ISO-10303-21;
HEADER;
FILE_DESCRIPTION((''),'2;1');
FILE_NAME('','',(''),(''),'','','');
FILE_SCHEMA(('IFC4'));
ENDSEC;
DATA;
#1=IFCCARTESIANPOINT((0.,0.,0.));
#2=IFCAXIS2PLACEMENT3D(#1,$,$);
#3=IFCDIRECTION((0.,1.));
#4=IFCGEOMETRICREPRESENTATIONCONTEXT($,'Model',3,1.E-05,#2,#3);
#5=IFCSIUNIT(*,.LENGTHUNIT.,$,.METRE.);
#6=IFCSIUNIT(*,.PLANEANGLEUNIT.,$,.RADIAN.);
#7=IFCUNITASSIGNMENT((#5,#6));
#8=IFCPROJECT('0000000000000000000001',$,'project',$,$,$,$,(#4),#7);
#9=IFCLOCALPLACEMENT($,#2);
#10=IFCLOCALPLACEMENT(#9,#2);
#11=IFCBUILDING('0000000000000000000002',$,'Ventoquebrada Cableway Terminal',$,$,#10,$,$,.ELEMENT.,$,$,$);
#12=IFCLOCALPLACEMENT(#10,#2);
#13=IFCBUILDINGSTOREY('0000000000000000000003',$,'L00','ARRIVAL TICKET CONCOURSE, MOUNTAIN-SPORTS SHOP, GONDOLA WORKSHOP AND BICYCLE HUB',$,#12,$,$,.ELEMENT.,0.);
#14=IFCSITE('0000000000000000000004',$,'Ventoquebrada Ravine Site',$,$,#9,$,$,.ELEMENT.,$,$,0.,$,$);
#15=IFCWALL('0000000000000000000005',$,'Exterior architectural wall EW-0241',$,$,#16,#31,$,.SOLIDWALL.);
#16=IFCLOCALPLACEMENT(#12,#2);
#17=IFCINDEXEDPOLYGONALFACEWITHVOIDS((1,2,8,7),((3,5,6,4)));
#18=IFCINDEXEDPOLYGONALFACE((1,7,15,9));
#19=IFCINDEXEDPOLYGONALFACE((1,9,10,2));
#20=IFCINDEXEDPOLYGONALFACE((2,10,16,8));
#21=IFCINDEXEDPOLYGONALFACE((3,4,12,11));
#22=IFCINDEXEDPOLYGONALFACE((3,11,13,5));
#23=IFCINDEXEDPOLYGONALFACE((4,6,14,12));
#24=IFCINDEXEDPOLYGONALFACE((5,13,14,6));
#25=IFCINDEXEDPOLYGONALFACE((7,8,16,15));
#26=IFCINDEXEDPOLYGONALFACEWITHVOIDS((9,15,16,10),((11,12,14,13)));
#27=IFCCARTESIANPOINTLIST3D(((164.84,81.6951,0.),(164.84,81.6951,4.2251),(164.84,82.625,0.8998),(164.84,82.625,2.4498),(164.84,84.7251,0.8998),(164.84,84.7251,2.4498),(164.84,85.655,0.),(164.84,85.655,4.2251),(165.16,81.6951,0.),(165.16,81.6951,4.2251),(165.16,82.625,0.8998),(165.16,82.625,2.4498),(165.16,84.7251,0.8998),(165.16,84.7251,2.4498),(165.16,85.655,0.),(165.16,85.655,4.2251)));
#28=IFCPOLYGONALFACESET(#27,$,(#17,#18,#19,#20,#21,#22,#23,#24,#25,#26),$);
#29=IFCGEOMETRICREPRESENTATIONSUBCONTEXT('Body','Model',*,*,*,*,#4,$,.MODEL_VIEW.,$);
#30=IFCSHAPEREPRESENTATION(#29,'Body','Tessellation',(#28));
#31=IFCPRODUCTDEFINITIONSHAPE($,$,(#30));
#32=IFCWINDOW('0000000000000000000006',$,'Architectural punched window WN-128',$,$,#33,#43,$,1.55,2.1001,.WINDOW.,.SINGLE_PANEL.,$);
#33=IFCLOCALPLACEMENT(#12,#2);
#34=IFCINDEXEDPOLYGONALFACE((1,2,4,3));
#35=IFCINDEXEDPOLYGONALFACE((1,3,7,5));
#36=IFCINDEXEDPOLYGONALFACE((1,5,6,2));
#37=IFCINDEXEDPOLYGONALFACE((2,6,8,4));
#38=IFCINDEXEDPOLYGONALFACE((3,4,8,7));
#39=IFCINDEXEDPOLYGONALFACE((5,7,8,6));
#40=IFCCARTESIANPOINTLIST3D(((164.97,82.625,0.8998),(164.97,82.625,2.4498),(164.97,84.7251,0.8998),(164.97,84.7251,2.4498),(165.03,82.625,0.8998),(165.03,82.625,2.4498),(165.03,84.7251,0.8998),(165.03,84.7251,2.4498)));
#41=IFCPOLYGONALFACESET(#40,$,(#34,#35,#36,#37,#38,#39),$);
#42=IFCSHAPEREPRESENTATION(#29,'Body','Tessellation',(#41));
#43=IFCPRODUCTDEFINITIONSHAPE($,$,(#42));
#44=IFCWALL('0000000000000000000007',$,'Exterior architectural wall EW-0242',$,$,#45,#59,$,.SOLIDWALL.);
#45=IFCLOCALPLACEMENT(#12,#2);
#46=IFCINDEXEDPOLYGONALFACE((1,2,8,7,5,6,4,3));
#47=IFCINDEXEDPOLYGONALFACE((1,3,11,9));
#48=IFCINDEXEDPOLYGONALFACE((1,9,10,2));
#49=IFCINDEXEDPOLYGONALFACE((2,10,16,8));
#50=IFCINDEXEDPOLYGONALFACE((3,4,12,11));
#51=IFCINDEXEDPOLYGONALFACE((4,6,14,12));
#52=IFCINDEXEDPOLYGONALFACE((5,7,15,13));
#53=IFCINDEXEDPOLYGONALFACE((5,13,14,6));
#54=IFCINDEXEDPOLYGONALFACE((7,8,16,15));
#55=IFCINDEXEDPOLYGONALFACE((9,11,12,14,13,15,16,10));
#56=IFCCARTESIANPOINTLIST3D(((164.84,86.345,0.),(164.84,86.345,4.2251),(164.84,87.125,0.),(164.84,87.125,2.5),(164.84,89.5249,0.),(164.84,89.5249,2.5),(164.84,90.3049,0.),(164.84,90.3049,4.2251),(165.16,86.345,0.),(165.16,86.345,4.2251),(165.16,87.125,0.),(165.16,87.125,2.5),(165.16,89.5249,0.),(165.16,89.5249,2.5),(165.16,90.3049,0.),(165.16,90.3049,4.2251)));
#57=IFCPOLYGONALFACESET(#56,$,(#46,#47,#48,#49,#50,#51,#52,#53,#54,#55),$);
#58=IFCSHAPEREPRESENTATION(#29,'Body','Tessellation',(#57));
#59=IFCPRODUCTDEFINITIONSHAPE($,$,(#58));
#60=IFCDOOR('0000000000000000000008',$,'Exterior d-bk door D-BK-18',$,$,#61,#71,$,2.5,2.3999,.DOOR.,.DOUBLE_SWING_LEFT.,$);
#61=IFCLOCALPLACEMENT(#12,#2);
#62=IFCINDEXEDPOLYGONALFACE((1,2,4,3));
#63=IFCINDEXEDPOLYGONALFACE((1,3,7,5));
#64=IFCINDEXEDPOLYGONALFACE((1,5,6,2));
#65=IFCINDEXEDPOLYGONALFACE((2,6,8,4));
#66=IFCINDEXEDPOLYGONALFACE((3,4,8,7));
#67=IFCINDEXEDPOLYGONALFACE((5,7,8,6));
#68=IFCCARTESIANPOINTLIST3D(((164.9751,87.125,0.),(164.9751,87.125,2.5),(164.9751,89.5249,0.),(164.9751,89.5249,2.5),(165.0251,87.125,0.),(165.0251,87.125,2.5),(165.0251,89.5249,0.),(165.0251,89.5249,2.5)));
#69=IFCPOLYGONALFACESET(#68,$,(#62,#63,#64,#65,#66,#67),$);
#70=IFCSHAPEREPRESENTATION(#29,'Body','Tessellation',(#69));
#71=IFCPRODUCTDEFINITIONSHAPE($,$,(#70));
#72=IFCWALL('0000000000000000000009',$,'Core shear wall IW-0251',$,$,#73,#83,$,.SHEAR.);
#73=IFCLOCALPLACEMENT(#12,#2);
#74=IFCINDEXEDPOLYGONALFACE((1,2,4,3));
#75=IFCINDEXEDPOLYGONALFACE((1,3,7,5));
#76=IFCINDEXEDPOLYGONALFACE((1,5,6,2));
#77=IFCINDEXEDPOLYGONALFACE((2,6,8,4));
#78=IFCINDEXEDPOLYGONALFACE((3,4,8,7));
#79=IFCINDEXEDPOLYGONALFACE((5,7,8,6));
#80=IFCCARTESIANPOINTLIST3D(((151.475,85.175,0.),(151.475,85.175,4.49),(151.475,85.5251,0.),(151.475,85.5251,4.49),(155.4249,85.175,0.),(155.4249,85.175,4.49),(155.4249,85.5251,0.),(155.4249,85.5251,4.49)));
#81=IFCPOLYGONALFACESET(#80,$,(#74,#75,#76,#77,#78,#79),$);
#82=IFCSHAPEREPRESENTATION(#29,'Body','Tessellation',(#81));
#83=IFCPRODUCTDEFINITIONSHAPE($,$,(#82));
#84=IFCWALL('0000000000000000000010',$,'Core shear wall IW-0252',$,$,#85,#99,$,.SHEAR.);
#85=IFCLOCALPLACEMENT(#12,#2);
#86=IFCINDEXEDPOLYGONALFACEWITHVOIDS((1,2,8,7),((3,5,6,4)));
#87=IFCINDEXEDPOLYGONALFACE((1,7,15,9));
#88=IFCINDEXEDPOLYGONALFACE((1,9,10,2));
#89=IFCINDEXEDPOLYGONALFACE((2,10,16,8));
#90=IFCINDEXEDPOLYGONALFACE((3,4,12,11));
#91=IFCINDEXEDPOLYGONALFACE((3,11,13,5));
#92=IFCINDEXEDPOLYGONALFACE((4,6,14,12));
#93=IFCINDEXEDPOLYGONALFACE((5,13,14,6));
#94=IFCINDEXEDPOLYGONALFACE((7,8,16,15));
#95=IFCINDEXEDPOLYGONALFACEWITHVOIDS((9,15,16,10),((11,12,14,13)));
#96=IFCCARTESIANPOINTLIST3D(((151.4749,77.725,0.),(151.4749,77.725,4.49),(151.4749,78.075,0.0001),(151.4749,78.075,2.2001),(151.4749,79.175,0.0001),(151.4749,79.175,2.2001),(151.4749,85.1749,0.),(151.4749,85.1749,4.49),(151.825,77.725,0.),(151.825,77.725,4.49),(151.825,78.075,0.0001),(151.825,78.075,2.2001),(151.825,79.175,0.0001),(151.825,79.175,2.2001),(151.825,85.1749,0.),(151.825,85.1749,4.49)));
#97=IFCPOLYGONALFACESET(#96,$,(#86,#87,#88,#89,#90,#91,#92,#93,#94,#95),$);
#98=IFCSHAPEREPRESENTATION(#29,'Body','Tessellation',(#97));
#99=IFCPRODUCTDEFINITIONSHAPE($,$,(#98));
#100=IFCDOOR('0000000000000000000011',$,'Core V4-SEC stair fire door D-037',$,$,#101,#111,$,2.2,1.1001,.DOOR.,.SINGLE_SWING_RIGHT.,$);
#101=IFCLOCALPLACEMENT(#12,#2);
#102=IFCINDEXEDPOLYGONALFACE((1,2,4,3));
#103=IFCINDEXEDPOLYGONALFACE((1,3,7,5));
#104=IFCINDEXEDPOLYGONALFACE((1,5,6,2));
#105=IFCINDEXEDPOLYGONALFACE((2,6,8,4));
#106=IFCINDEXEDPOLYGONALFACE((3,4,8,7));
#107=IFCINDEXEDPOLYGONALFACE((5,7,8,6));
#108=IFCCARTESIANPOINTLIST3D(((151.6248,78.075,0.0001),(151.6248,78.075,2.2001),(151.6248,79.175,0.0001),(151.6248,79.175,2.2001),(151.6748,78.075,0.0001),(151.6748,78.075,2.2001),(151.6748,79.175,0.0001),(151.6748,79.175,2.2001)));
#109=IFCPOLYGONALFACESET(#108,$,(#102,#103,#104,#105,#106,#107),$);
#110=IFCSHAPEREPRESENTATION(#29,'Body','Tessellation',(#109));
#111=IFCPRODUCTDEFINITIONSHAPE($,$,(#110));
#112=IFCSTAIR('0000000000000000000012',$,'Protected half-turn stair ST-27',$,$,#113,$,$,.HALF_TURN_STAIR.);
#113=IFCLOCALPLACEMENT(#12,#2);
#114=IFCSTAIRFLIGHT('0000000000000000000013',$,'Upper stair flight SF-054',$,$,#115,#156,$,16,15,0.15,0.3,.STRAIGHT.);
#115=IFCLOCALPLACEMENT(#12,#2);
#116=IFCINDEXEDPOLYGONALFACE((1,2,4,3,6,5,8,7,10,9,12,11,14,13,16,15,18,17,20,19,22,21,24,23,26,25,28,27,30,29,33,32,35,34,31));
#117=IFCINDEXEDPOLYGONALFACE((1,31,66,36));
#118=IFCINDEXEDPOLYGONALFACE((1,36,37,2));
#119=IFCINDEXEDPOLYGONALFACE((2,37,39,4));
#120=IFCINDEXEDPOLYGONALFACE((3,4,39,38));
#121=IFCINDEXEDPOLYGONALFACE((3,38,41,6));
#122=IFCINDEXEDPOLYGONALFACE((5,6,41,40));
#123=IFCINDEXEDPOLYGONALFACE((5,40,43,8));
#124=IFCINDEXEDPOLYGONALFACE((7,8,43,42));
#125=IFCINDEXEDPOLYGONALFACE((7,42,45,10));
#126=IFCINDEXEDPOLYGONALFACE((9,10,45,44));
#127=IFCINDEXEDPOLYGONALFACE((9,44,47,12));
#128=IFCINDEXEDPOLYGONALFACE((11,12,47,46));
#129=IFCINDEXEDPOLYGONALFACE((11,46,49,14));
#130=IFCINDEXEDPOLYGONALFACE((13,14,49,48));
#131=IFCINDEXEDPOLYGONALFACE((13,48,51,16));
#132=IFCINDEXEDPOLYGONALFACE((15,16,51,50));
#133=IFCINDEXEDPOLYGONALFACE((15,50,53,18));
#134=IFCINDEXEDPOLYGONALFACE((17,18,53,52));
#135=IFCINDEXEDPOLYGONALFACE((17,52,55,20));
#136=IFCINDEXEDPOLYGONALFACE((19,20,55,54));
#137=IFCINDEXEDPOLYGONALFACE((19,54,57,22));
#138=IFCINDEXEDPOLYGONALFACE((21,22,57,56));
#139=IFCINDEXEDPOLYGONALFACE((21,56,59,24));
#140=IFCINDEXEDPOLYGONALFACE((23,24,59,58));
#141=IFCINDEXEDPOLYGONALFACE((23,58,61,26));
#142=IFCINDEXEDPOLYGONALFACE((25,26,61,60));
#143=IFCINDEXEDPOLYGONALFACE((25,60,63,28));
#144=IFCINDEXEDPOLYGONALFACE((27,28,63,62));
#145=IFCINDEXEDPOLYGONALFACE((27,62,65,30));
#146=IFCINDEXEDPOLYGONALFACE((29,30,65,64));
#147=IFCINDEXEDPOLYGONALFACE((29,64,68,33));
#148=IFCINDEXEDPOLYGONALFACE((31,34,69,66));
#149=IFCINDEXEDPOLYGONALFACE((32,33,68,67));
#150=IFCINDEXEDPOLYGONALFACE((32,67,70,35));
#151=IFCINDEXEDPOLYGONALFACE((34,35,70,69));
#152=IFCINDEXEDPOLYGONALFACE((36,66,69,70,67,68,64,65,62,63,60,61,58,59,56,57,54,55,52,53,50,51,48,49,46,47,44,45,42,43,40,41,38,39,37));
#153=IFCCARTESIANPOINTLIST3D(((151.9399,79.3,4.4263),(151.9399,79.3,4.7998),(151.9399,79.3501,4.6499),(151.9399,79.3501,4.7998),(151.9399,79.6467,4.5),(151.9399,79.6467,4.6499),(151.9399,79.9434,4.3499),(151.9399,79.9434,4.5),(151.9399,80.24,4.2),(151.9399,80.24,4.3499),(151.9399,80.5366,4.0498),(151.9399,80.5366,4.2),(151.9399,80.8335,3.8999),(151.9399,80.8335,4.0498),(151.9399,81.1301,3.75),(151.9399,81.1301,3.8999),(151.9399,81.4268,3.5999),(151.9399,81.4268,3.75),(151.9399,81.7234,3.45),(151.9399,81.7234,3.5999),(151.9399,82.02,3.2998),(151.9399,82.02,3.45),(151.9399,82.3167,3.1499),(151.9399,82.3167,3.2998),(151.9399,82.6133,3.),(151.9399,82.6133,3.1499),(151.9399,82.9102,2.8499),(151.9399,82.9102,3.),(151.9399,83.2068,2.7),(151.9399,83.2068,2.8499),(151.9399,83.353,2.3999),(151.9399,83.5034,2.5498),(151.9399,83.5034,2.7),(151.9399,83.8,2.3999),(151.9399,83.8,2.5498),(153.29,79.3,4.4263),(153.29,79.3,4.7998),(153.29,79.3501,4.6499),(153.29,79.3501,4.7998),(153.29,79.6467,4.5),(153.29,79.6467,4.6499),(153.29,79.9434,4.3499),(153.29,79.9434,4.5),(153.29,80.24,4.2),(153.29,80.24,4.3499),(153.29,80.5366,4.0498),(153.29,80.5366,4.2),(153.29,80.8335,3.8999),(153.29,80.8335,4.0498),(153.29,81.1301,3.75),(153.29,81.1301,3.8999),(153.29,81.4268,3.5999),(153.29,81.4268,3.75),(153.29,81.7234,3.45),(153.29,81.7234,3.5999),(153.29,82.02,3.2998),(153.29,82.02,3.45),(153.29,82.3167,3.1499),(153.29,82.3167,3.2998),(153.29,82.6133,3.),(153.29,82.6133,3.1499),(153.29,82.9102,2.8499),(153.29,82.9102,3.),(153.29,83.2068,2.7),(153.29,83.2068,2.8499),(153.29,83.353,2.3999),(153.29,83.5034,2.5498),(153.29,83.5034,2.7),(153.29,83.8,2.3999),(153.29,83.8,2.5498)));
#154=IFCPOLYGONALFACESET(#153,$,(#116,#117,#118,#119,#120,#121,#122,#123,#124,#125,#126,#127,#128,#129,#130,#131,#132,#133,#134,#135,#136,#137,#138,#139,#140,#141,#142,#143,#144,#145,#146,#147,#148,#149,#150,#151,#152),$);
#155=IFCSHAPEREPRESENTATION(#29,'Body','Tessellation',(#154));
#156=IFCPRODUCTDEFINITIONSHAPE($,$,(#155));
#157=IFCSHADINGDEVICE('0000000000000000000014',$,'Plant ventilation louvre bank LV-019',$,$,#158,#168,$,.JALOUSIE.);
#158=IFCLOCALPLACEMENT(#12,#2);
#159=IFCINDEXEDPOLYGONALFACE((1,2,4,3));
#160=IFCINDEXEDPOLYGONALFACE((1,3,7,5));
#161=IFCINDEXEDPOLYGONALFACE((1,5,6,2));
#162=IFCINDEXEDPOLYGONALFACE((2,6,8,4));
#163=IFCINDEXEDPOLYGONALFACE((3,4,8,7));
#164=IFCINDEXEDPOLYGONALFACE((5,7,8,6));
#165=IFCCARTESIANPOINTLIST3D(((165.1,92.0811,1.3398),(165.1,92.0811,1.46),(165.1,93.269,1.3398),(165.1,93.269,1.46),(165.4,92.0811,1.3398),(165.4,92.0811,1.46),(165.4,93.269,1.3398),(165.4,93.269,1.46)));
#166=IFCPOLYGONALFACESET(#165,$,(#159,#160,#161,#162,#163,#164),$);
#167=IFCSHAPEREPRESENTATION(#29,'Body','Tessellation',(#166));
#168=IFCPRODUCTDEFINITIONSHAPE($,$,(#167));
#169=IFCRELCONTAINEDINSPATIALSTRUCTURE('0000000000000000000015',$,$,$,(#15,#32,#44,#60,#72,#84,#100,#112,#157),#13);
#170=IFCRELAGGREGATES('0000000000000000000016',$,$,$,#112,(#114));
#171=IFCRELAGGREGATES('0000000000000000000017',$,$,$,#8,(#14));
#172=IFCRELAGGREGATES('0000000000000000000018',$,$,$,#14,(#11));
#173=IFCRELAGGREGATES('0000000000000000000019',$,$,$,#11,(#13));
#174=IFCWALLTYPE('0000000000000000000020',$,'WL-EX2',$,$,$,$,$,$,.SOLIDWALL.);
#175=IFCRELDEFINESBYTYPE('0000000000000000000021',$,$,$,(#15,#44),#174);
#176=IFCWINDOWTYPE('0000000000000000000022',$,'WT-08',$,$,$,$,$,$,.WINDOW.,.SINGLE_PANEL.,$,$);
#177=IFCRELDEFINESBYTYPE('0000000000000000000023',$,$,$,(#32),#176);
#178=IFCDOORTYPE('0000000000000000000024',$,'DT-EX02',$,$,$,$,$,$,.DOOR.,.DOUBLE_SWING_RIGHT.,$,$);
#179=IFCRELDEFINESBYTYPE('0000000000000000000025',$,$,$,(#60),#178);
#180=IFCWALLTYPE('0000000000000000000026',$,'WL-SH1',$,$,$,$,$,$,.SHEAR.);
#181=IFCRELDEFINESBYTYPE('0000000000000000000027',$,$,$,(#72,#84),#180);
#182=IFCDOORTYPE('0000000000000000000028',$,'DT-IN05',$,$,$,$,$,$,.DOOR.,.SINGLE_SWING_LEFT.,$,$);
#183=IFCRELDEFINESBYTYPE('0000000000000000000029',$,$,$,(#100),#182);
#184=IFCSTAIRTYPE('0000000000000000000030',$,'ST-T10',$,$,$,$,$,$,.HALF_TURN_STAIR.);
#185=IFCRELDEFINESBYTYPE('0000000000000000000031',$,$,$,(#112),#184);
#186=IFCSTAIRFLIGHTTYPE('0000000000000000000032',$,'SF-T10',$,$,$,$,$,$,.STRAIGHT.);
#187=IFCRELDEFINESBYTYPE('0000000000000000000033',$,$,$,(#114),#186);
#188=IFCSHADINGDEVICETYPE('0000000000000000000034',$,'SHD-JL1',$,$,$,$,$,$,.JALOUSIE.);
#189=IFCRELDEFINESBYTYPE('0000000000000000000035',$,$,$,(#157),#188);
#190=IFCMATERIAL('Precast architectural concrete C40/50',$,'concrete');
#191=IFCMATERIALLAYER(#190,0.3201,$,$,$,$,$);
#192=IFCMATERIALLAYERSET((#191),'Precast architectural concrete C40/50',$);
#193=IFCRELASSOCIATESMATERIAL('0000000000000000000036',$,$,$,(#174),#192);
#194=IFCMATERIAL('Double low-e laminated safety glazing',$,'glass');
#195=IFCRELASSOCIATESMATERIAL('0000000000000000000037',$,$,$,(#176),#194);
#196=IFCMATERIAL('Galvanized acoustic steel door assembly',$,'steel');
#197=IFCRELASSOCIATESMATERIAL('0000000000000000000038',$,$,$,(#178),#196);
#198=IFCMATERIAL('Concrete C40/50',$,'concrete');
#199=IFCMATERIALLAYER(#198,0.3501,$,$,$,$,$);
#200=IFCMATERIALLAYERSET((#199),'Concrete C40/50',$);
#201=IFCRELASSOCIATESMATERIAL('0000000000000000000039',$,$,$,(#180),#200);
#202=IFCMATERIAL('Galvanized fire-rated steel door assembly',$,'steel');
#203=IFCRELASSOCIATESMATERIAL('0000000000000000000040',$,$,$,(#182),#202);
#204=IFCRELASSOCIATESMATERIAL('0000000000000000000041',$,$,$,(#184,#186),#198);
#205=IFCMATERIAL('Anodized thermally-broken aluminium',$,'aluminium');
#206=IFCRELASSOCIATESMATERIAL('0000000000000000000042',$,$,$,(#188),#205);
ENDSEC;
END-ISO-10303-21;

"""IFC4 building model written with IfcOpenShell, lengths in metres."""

from ifc_helpers import new_model, si_unit, direction, frame, frame_2d, origin, origin_2d, place, context, subcontext, project, spatial, polyline, rectangle, outline, extrude, material, layer, layer_set, type_object, element, fill, aggregate, save


model = new_model("IFC4")

# Units and contexts
model_context = context("Model", 3, precision=1e-05, world=origin(), true_north=direction((0.0, 1.0)))
body_context = subcontext(model_context, "Body", "Model", "MODEL_VIEW")
ifc_project = project(units=[si_unit("LENGTHUNIT", "METRE"), si_unit("PLANEANGLEUNIT", "RADIAN")], contexts=[model_context])

# Site, building, storey
site_placement = place(None, origin())
site = spatial("IfcSite", under=ifc_project, at=site_placement, Name="Ventoquebrada Ravine Site", CompositionType="ELEMENT", RefElevation=0.0)
building_placement = place(site_placement, origin())
building = spatial("IfcBuilding", under=site, at=building_placement, Name="Ventoquebrada Cableway Terminal", CompositionType="ELEMENT")
storey_placement = place(building_placement, origin())
storey = spatial("IfcBuildingStorey", under=building, at=storey_placement, Name="L00", Description="ARRIVAL TICKET CONCOURSE, MOUNTAIN-SPORTS SHOP, GONDOLA WORKSHOP AND BICYCLE HUB", CompositionType="ELEMENT", Elevation=0.0)

# Shared definitions
ifc_material_1 = material(Name="Concrete C40/50", Category="concrete")

# Shared definitions
ifc_material_2 = material(Name="Precast architectural concrete C40/50", Category="concrete")

# Wall, opening, window
ifc_layer_1 = layer(ifc_material_2, 0.3201)
ifc_layer_set_1 = layer_set([ifc_layer_1], Name="Precast architectural concrete C40/50")
wall_type_1 = type_object("IfcWallType", Name="WL-EX2", PredefinedType="SOLIDWALL", material=ifc_layer_set_1)
wall_1_placement = place(storey_placement, frame((165.0, 81.6951, 0.0), z_axis=(0.0, 0.0, 1.0), x_axis=(0.0, 1.0, 0.0)))
wall_1 = element("IfcWall", 1, at=wall_1_placement, inside=storey, type_object=wall_type_1, Name="Exterior architectural wall EW-0241", PredefinedType="SOLIDWALL", context=body_context, shape_type="SweptSolid", body=[
    extrude(rectangle(XDim=3.96, YDim=0.3201, at=frame_2d((1.98, 0.0))), origin(), (0.0, 0.0, 1.0), 4.2251),
])
opening_1_placement = place(wall_1_placement, frame((0.9299, 0.0, 0.8999)))
opening_1 = element("IfcOpeningElement", 2, at=opening_1_placement, cuts=wall_1, PredefinedType="OPENING", context=body_context, shape_type="SweptSolid", body=[
    extrude(rectangle(XDim=2.1001, YDim=1.55, at=frame_2d((1.05, 0.7749))), frame((0.0, 0.1699, 0.0), z_axis=(0.0, -1.0, 0.0), x_axis=(1.0, 0.0, 0.0)), (0.0, 0.0, 1.0), 0.3401),
])
ifc_material_3 = material(Name="Double low-e laminated safety glazing", Category="glass")
window_type = type_object("IfcWindowType", Name="WT-08", PartitioningType="SINGLE_PANEL", PredefinedType="WINDOW", material=ifc_material_3)
window_placement = place(opening_1_placement, origin())
window = element("IfcWindow", 3, at=window_placement, inside=storey, type_object=window_type, Name="Architectural punched window WN-128", OverallHeight=1.55, OverallWidth=2.1001, PartitioningType="SINGLE_PANEL", PredefinedType="WINDOW", context=body_context, shape_type="SweptSolid", body=[
    extrude(rectangle(XDim=2.1001, YDim=1.55, at=frame_2d((1.05, 0.7749))), frame((0.0, 0.03, 0.0), z_axis=(0.0, -1.0, 0.0), x_axis=(1.0, 0.0, 0.0)), (0.0, 0.0, 1.0), 0.0601),
])
fill(opening_1, window)

# Wall, opening, door
wall_2_placement = place(storey_placement, frame((165.0, 86.345, 0.0), z_axis=(0.0, 0.0, 1.0), x_axis=(0.0, 1.0, 0.0)))
wall_2 = element("IfcWall", 4, at=wall_2_placement, inside=storey, type_object=wall_type_1, Name="Exterior architectural wall EW-0242", PredefinedType="SOLIDWALL", context=body_context, shape_type="SweptSolid", body=[
    extrude(rectangle(XDim=3.96, YDim=0.3201, at=frame_2d((1.98, 0.0))), origin(), (0.0, 0.0, 1.0), 4.2251),
])
opening_2_placement = place(wall_2_placement, frame((0.78, 0.0, 0.0)))
opening_2 = element("IfcOpeningElement", 5, at=opening_2_placement, cuts=wall_2, PredefinedType="OPENING", context=body_context, shape_type="SweptSolid", body=[
    extrude(rectangle(XDim=2.3999, YDim=2.5, at=frame_2d((1.2, 1.25))), frame((0.0, 0.1699, 0.0), z_axis=(0.0, -1.0, 0.0), x_axis=(1.0, 0.0, 0.0)), (0.0, 0.0, 1.0), 0.3401),
])
ifc_material_4 = material(Name="Galvanized acoustic steel door assembly", Category="steel")
door_type_1 = type_object("IfcDoorType", Name="DT-EX02", OperationType="DOUBLE_SWING_RIGHT", PredefinedType="DOOR", material=ifc_material_4)
door_1_placement = place(opening_2_placement, origin())
door_1 = element("IfcDoor", 6, at=door_1_placement, inside=storey, type_object=door_type_1, Name="Exterior d-bk door D-BK-18", OperationType="DOUBLE_SWING_LEFT", OverallHeight=2.5, OverallWidth=2.3999, PredefinedType="DOOR", context=body_context, shape_type="SweptSolid", body=[
    extrude(rectangle(XDim=2.3999, YDim=2.5, at=frame_2d((1.2, 1.25))), frame((0.0, 0.0249, 0.0), z_axis=(0.0, -1.0, 0.0), x_axis=(1.0, 0.0, 0.0)), (0.0, 0.0, 1.0), 0.05),
])
fill(opening_2, door_1)

# Wall
ifc_layer_2 = layer(ifc_material_1, 0.3501)
ifc_layer_set_2 = layer_set([ifc_layer_2], Name="Concrete C40/50")
wall_type_2 = type_object("IfcWallType", Name="WL-SH1", PredefinedType="SHEAR", material=ifc_layer_set_2)
wall_3_placement = place(storey_placement, frame((155.425, 85.3501, 0.0), z_axis=(0.0, 0.0, 1.0), x_axis=(-1.0, 0.0, 0.0)))
element("IfcWall", 7, at=wall_3_placement, inside=storey, type_object=wall_type_2, Name="Core shear wall IW-0251", PredefinedType="SHEAR", context=body_context, shape_type="SweptSolid", body=[
    extrude(rectangle(XDim=3.95, YDim=0.3501, at=frame_2d((1.9751, 0.0))), origin(), (0.0, 0.0, 1.0), 4.49),
])

# Wall, opening, door
wall_4_placement = place(storey_placement, frame((151.6499, 85.175, 0.0), z_axis=(0.0, 0.0, 1.0), x_axis=(0.0, -1.0, 0.0)))
wall_4 = element("IfcWall", 8, at=wall_4_placement, inside=storey, type_object=wall_type_2, Name="Core shear wall IW-0252", PredefinedType="SHEAR", context=body_context, shape_type="SweptSolid", body=[
    extrude(rectangle(XDim=7.45, YDim=0.3501, at=frame_2d((3.7251, 0.0))), origin(), (0.0, 0.0, 1.0), 4.49),
])
opening_3_placement = place(wall_4_placement, frame((6.0, 0.0, 0.0)))
opening_3 = element("IfcOpeningElement", 9, at=opening_3_placement, cuts=wall_4, PredefinedType="OPENING", context=body_context, shape_type="SweptSolid", body=[
    extrude(rectangle(XDim=1.1001, YDim=2.2, at=frame_2d((0.55, 1.1001))), frame((0.0, 0.1851, 0.0), z_axis=(0.0, -1.0, 0.0), x_axis=(1.0, 0.0, 0.0)), (0.0, 0.0, 1.0), 0.3701),
])
ifc_material_5 = material(Name="Galvanized fire-rated steel door assembly", Category="steel")
door_type_2 = type_object("IfcDoorType", Name="DT-IN05", OperationType="SINGLE_SWING_LEFT", PredefinedType="DOOR", material=ifc_material_5)
door_2_placement = place(opening_3_placement, origin())
door_2 = element("IfcDoor", 10, at=door_2_placement, inside=storey, type_object=door_type_2, Name="Core V4-SEC stair fire door D-037", OperationType="SINGLE_SWING_RIGHT", OverallHeight=2.2, OverallWidth=1.1001, PredefinedType="DOOR", context=body_context, shape_type="SweptSolid", body=[
    extrude(rectangle(XDim=1.1001, YDim=2.2, at=frame_2d((0.55, 1.1001))), frame((0.0, 0.0249, 0.0), z_axis=(0.0, -1.0, 0.0), x_axis=(1.0, 0.0, 0.0)), (0.0, 0.0, 1.0), 0.05),
])
fill(opening_3, door_2)

# Stair, stair flight
stair_type = type_object("IfcStairType", Name="ST-T10", PredefinedType="HALF_TURN_STAIR", material=ifc_material_1)
stair_placement = place(storey_placement, origin())
stair = element("IfcStair", 11, at=stair_placement, inside=storey, type_object=stair_type, Name="Protected half-turn stair ST-27", PredefinedType="HALF_TURN_STAIR")
stair_flight_type = type_object("IfcStairFlightType", Name="SF-T10", PredefinedType="STRAIGHT", material=ifc_material_1)
stair_flight_placement = place(storey_placement, frame((152.615, 83.8, 2.3999), z_axis=(0.0, 0.0, 1.0), x_axis=(0.0, -1.0, 0.0)))
stair_flight = element("IfcStairFlight", 12, at=stair_flight_placement, type_object=stair_flight_type, Name="Upper stair flight SF-054", NumberOfRisers=16, NumberOfTreads=15, PredefinedType="STRAIGHT", RiserHeight=0.15, TreadLength=0.3, context=body_context, shape_type="SweptSolid", body=[
    extrude(outline(polyline([(0.0, 0.0), (0.0, 0.1499), (0.2966, 0.1499), (0.2966, 0.3), (0.5933, 0.3), (0.5933, 0.45), (0.8899, 0.45), (0.8899, 0.6001), (1.1868, 0.6001), (1.1868, 0.75), (1.4834, 0.75), (1.4834, 0.8999), (1.78, 0.8999), (1.78, 1.05), (2.0767, 1.05), (2.0767, 1.2), (2.3733, 1.2), (2.3733, 1.3501), (2.6699, 1.3501), (2.6699, 1.5), (2.9666, 1.5), (2.9666, 1.6499), (3.2634, 1.6499), (3.2634, 1.8), (3.5601, 1.8), (3.5601, 1.95), (3.8567, 1.95), (3.8567, 2.1001), (4.1533, 2.1001), (4.1533, 2.25), (4.45, 2.25), (4.45, 2.3999), (4.5, 2.3999), (4.5, 2.0264), (0.447, 0.0), (0.0, 0.0)])), frame((0.0, 0.675, 0.0), z_axis=(0.0, -1.0, 0.0), x_axis=(1.0, 0.0, 0.0)), (0.0, 0.0, 1.0), 1.3501),
])
aggregate(stair, [stair_flight])

# Shading device
ifc_material_6 = material(Name="Anodized thermally-broken aluminium", Category="aluminium")
shading_device_type = type_object("IfcShadingDeviceType", Name="SHD-JL1", PredefinedType="JALOUSIE", material=ifc_material_6)
for number, where, z_axis, x_axis, name in (
    (13, (165.25, 92.675, 1.3398), (0.0, 0.0, 1.0), (0.0, 1.0, 0.0), "Plant ventilation louvre bank LV-019"),
):
    element("IfcShadingDevice", number, at=place(storey_placement, frame(where, z_axis=z_axis, x_axis=x_axis)), inside=storey, type_object=shading_device_type, Name=name, PredefinedType="JALOUSIE", context=body_context, shape_type="SweptSolid", body=[
        extrude(rectangle(XDim=1.188, YDim=0.3, at=origin_2d()), origin(), (0.0, 0.0, 1.0), 0.1201),
    ])

save(model, "model.ifc")
